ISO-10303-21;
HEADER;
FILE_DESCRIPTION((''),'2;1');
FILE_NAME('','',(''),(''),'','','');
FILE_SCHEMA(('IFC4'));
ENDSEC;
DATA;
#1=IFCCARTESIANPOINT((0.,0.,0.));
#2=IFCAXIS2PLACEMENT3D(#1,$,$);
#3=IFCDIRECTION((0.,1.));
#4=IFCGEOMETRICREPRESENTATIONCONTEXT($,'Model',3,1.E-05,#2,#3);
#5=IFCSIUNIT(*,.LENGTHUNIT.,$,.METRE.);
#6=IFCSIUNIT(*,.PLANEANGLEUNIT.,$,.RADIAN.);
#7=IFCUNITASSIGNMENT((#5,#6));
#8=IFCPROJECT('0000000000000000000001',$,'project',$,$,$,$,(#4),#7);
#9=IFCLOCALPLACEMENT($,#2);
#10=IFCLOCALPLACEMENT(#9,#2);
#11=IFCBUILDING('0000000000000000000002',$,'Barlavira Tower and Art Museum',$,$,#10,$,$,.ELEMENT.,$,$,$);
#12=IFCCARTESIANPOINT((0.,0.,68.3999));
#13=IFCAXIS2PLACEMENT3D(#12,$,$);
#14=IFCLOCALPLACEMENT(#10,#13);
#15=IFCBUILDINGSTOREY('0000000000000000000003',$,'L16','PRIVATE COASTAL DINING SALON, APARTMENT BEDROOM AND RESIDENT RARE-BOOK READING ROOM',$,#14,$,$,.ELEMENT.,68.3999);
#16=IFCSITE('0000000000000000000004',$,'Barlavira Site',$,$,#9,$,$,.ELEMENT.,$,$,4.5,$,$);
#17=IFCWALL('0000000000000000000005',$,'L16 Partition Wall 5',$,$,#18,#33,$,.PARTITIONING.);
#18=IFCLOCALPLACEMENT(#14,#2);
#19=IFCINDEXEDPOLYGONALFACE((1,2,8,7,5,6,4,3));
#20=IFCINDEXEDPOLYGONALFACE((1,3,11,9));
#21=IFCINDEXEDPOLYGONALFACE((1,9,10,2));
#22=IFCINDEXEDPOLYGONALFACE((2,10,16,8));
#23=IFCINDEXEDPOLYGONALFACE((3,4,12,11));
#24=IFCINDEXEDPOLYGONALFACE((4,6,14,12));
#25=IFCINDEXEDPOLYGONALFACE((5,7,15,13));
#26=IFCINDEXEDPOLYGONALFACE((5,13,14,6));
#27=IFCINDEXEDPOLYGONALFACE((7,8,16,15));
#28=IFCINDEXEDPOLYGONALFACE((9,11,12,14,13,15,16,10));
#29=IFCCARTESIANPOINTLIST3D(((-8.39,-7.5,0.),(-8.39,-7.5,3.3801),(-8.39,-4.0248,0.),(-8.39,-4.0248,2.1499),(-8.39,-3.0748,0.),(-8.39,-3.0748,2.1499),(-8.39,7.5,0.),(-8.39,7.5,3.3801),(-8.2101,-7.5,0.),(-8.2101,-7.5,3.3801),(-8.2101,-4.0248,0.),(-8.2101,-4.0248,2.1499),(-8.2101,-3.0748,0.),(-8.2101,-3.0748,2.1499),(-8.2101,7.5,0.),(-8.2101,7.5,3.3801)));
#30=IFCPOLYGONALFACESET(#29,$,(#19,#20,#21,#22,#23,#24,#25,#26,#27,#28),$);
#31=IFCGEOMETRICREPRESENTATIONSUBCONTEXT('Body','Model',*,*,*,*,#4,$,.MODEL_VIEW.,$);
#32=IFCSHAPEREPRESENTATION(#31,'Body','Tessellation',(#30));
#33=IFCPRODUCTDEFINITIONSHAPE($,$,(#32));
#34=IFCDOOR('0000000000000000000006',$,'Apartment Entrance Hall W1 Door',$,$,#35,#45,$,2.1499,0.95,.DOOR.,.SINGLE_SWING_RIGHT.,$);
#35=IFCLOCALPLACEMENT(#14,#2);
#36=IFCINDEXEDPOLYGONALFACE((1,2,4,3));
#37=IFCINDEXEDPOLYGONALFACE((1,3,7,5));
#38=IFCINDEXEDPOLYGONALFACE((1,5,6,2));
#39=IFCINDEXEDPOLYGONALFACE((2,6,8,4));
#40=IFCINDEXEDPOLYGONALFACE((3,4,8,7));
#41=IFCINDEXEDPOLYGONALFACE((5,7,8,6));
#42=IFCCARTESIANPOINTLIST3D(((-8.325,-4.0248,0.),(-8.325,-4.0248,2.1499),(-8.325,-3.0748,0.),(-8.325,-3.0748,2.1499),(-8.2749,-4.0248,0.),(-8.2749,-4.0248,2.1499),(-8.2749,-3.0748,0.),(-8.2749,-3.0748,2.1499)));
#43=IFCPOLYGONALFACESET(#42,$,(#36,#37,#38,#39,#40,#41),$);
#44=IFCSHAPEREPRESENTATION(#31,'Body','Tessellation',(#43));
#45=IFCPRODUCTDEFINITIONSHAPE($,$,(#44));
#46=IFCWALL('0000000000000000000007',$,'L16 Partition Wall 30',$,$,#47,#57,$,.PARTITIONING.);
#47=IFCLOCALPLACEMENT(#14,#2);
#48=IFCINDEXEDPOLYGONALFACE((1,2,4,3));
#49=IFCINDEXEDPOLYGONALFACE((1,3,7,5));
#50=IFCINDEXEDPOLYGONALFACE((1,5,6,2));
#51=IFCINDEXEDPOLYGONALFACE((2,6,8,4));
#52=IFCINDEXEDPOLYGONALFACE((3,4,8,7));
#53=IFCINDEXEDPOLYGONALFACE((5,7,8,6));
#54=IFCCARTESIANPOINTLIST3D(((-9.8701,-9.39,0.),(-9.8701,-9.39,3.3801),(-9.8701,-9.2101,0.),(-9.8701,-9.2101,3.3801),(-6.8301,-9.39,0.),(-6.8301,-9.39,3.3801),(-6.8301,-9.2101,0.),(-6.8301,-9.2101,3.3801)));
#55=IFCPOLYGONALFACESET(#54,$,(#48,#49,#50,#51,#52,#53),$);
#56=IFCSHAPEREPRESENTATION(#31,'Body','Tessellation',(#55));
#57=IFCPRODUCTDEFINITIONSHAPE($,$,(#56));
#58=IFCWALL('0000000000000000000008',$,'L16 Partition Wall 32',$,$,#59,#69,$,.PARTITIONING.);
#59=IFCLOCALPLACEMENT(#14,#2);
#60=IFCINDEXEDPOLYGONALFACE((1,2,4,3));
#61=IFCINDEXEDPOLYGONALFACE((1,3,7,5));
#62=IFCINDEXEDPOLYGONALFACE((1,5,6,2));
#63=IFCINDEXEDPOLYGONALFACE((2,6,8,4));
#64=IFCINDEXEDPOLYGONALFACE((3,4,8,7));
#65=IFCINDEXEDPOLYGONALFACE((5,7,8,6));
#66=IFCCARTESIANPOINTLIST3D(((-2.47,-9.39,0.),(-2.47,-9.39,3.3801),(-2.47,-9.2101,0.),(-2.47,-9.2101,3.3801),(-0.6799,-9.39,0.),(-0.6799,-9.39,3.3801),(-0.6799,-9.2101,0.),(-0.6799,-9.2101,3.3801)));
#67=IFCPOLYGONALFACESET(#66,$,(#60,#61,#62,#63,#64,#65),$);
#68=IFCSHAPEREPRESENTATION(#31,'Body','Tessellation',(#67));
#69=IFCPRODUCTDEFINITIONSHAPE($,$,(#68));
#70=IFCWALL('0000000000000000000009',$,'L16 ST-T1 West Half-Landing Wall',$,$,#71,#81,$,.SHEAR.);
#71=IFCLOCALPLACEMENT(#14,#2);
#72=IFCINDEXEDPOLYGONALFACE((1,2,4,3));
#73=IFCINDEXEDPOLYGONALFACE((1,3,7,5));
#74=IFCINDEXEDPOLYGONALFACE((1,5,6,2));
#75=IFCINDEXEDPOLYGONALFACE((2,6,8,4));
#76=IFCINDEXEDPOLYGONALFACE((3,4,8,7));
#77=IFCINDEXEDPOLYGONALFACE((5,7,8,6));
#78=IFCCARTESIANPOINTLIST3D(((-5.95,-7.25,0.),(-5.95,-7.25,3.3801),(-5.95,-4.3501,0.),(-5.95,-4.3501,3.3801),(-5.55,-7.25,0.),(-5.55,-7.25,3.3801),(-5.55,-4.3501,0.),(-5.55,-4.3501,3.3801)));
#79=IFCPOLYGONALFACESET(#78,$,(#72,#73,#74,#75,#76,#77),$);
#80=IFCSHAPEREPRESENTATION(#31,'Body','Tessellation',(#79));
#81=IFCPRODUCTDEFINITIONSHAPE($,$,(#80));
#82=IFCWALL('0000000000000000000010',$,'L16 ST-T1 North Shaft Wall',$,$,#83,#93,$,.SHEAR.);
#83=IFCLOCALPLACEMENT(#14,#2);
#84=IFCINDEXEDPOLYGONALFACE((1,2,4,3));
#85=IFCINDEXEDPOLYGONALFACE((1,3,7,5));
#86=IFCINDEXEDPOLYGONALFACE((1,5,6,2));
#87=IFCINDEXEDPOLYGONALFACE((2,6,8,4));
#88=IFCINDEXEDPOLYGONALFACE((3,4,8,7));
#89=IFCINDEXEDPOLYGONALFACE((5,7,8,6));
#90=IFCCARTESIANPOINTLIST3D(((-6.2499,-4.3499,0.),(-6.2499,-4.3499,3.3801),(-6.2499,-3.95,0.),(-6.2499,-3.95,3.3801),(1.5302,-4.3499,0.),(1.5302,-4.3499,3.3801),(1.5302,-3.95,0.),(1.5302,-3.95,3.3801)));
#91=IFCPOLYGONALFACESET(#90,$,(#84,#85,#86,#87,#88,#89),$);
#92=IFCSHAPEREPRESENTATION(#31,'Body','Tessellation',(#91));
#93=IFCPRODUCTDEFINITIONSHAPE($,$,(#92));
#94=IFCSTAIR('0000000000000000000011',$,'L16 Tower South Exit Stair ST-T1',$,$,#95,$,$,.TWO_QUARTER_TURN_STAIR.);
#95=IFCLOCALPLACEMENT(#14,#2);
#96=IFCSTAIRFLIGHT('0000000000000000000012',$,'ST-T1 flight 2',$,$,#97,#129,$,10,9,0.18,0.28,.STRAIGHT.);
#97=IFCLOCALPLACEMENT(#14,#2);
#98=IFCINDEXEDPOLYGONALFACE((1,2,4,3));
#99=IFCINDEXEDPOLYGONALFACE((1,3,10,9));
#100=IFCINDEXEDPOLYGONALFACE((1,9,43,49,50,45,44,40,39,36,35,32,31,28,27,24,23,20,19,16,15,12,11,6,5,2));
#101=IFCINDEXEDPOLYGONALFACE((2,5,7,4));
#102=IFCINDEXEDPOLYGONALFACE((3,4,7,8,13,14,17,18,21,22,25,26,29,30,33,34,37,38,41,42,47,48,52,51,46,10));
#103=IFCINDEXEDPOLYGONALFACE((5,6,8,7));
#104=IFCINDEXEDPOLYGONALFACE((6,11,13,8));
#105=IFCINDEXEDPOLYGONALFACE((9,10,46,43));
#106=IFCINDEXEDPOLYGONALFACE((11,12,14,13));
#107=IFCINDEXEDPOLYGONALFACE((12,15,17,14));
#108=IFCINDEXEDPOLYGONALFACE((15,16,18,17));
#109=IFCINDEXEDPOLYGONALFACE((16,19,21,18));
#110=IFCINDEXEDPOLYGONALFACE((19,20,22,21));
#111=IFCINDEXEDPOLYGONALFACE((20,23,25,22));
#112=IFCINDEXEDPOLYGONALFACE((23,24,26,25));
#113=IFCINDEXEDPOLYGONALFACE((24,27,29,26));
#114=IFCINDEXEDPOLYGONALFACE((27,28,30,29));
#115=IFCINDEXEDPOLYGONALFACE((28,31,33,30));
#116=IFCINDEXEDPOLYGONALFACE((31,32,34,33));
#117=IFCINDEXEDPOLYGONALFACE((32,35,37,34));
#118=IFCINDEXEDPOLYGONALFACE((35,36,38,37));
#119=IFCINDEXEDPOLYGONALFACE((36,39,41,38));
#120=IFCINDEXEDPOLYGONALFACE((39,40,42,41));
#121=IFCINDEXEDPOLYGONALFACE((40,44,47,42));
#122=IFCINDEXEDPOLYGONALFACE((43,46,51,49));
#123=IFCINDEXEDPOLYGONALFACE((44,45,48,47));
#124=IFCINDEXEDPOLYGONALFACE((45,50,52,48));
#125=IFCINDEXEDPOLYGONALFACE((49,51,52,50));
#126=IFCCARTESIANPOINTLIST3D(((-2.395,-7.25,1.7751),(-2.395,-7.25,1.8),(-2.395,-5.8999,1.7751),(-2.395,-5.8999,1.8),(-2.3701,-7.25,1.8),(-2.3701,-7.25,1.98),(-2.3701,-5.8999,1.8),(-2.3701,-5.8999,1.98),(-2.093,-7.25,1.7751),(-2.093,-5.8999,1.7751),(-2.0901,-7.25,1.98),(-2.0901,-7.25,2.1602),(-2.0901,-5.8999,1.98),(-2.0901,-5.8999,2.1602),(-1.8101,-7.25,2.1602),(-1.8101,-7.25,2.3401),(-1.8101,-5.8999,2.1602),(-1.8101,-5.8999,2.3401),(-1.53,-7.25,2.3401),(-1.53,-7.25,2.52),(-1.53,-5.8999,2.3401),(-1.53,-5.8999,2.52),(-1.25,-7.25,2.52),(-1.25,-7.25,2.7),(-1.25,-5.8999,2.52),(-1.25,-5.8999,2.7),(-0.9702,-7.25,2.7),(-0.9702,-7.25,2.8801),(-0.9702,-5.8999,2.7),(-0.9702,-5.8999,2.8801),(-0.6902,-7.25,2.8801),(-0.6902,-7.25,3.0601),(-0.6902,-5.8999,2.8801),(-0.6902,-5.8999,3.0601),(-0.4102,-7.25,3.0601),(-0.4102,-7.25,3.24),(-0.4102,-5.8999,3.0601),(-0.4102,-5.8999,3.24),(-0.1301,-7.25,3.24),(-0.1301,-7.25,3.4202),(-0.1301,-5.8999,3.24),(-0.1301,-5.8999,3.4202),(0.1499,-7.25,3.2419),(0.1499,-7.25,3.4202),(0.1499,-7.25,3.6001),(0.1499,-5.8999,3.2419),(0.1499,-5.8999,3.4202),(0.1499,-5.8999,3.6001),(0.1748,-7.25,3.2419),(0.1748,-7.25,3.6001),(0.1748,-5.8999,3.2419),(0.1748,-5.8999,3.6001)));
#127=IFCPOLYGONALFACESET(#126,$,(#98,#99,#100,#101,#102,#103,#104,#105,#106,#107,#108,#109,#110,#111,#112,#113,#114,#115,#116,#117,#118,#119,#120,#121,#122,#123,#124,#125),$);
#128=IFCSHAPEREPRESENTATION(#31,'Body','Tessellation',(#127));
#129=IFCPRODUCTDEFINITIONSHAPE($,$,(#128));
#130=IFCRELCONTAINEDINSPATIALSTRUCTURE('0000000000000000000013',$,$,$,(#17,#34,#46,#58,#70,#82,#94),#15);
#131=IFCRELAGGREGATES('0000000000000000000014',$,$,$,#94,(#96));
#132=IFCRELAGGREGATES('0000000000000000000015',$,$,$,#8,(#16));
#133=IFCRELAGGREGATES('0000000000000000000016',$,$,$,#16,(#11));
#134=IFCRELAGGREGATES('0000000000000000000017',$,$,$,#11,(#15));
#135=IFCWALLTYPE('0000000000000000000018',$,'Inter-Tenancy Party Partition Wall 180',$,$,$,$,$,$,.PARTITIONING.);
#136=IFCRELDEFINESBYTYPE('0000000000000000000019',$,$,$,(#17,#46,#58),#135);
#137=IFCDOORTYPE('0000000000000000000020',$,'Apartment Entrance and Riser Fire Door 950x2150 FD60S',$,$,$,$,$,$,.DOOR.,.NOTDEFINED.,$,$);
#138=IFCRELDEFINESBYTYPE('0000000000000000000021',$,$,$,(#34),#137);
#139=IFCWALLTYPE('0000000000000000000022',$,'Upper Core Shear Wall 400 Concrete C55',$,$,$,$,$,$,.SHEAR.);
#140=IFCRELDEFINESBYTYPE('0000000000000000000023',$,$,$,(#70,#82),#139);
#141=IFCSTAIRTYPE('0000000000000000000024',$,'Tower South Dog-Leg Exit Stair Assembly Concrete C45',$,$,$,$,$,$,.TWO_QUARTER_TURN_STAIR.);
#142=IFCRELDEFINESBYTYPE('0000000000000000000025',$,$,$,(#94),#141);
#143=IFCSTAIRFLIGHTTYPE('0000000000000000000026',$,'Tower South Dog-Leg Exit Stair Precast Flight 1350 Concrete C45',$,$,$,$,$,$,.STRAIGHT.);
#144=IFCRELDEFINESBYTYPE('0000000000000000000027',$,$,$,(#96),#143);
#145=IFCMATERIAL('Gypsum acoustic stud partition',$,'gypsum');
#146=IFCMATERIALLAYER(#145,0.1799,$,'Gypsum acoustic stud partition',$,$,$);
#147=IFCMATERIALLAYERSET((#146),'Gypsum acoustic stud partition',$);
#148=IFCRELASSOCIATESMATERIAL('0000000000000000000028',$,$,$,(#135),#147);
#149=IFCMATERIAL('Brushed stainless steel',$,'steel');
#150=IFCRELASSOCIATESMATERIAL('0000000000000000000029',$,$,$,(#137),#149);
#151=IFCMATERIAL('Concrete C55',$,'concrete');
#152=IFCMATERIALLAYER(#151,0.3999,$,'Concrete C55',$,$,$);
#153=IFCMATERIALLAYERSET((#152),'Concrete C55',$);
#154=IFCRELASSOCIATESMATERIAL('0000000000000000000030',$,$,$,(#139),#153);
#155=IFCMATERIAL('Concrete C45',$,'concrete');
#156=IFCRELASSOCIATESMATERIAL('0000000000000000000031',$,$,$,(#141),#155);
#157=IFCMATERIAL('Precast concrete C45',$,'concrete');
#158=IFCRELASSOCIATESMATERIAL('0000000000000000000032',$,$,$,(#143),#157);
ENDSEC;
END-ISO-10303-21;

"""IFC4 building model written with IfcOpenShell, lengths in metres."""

from ifc_helpers import new_model, si_unit, direction, frame, frame_2d, origin, place, context, subcontext, project, spatial, polyline, rectangle, outline, extrude, material, layer, layer_set, type_object, element, fill, aggregate, save


model = new_model("IFC4")

# Units and contexts
model_context = context("Model", 3, precision=1e-05, world=origin(), true_north=direction((0.0, 1.0)))
body_context = subcontext(model_context, "Body", "Model", "MODEL_VIEW")
ifc_project = project(units=[si_unit("LENGTHUNIT", "METRE"), si_unit("PLANEANGLEUNIT", "RADIAN")], contexts=[model_context])

# Site, building, storey
site_placement = place(None, origin())
site = spatial("IfcSite", under=ifc_project, at=site_placement, Name="Barlavira Site", CompositionType="ELEMENT", RefElevation=4.5)
building_placement = place(site_placement, origin())
building = spatial("IfcBuilding", under=site, at=building_placement, Name="Barlavira Tower and Art Museum", CompositionType="ELEMENT")
storey_placement = place(building_placement, frame((0.0, 0.0, 68.3999)))
storey = spatial("IfcBuildingStorey", under=building, at=storey_placement, Name="L16", Description="PRIVATE COASTAL DINING SALON, APARTMENT BEDROOM AND RESIDENT RARE-BOOK READING ROOM", CompositionType="ELEMENT", Elevation=68.3999)

# Shared definitions
ifc_material_1 = material(Name="Brushed stainless steel", Category="steel")

# Wall, opening, door
ifc_material_2 = material(Name="Gypsum acoustic stud partition", Category="gypsum")
ifc_layer_1 = layer(ifc_material_2, 0.1799, Name="Gypsum acoustic stud partition")
ifc_layer_set_1 = layer_set([ifc_layer_1], Name="Gypsum acoustic stud partition")
wall_type_1 = type_object("IfcWallType", Name="Inter-Tenancy Party Partition Wall 180", PredefinedType="PARTITIONING", material=ifc_layer_set_1)
wall_1_placement = place(storey_placement, frame((-8.3, -7.5, 0.0), z_axis=(0.0, 0.0, 1.0), x_axis=(0.0, 1.0, 0.0)))
wall_1 = element("IfcWall", 1, at=wall_1_placement, inside=storey, type_object=wall_type_1, Name="L16 Partition Wall 5", PredefinedType="PARTITIONING", context=body_context, shape_type="SweptSolid", body=[
    extrude(rectangle(XDim=15.0, YDim=0.1799, at=frame_2d((7.5, 0.0))), origin(), (0.0, 0.0, 1.0), 3.3801),
])
opening_1_placement = place(wall_1_placement, frame((3.4751, 0.0, 0.0)))
opening_1 = element("IfcOpeningElement", 2, at=opening_1_placement, cuts=wall_1, PredefinedType="OPENING", context=body_context, shape_type="SweptSolid", body=[
    extrude(rectangle(XDim=0.95, YDim=2.1499, at=frame_2d((0.4751, 1.075))), frame((0.0, 0.1001, 0.0), z_axis=(0.0, -1.0, 0.0), x_axis=(1.0, 0.0, 0.0)), (0.0, 0.0, 1.0), 0.2),
])
door_type_1 = type_object("IfcDoorType", Name="Apartment Entrance and Riser Fire Door 950x2150 FD60S", OperationType="NOTDEFINED", PredefinedType="DOOR", material=ifc_material_1)
door_1_placement = place(opening_1_placement, origin())
door_1 = element("IfcDoor", 3, at=door_1_placement, inside=storey, type_object=door_type_1, Name="Apartment Entrance Hall W1 Door", OperationType="SINGLE_SWING_RIGHT", OverallHeight=2.1499, OverallWidth=0.95, PredefinedType="DOOR", context=body_context, shape_type="SweptSolid", body=[
    extrude(rectangle(XDim=0.95, YDim=2.1499, at=frame_2d((0.4751, 1.075))), frame((0.0, 0.0249, 0.0), z_axis=(0.0, -1.0, 0.0), x_axis=(1.0, 0.0, 0.0)), (0.0, 0.0, 1.0), 0.05),
])
fill(opening_1, door_1)

# Wall
wall_2_placement = place(storey_placement, frame((-9.8701, -9.3, 0.0), z_axis=(0.0, 0.0, 1.0), x_axis=(1.0, 0.0, 0.0)))
element("IfcWall", 4, at=wall_2_placement, inside=storey, type_object=wall_type_1, Name="L16 Partition Wall 30", PredefinedType="PARTITIONING", context=body_context, shape_type="SweptSolid", body=[
    extrude(rectangle(XDim=3.04, YDim=0.1799, at=frame_2d((1.52, 0.0))), origin(), (0.0, 0.0, 1.0), 3.3801),
])

# Walls
wall_3_placement = place(storey_placement, frame((-2.47, -9.3, 0.0), z_axis=(0.0, 0.0, 1.0), x_axis=(1.0, 0.0, 0.0)))
element("IfcWall", 5, at=wall_3_placement, inside=storey, type_object=wall_type_1, Name="L16 Partition Wall 32", PredefinedType="PARTITIONING", context=body_context, shape_type="SweptSolid", body=[
    extrude(rectangle(XDim=1.79, YDim=0.1799, at=frame_2d((0.895, 0.0))), origin(), (0.0, 0.0, 1.0), 3.3801),
])
ifc_material_3 = material(Name="Concrete C55", Category="concrete")
ifc_layer_2 = layer(ifc_material_3, 0.3999, Name="Concrete C55")
ifc_layer_set_2 = layer_set([ifc_layer_2], Name="Concrete C55")
wall_type_2 = type_object("IfcWallType", Name="Upper Core Shear Wall 400 Concrete C55", PredefinedType="SHEAR", material=ifc_layer_set_2)
wall_4_placement = place(storey_placement, frame((-5.75, -7.25, 0.0), z_axis=(0.0, 0.0, 1.0), x_axis=(0.0, 1.0, 0.0)))
element("IfcWall", 6, at=wall_4_placement, inside=storey, type_object=wall_type_2, Name="L16 ST-T1 West Half-Landing Wall", PredefinedType="SHEAR", context=body_context, shape_type="SweptSolid", body=[
    extrude(rectangle(XDim=2.8999, YDim=0.3999, at=frame_2d((1.45, 0.0))), origin(), (0.0, 0.0, 1.0), 3.3801),
])
wall_5_placement = place(storey_placement, frame((-6.25, -4.1499, 0.0), z_axis=(0.0, 0.0, 1.0), x_axis=(1.0, 0.0, 0.0)))
element("IfcWall", 7, at=wall_5_placement, inside=storey, type_object=wall_type_2, Name="L16 ST-T1 North Shaft Wall", PredefinedType="SHEAR", context=body_context, shape_type="SweptSolid", body=[
    extrude(rectangle(XDim=7.78, YDim=0.3999, at=frame_2d((3.8901, 0.0))), origin(), (0.0, 0.0, 1.0), 3.3801),
])

# Stair, stair flight
ifc_material_4 = material(Name="Concrete C45", Category="concrete")
stair_type = type_object("IfcStairType", Name="Tower South Dog-Leg Exit Stair Assembly Concrete C45", PredefinedType="TWO_QUARTER_TURN_STAIR", material=ifc_material_4)
stair_placement = place(storey_placement, origin())
stair = element("IfcStair", 8, at=stair_placement, inside=storey, type_object=stair_type, Name="L16 Tower South Exit Stair ST-T1", PredefinedType="TWO_QUARTER_TURN_STAIR")
ifc_material_5 = material(Name="Precast concrete C45", Category="concrete")
stair_flight_type = type_object("IfcStairFlightType", Name="Tower South Dog-Leg Exit Stair Precast Flight 1350 Concrete C45", PredefinedType="STRAIGHT", material=ifc_material_5)
stair_flight_placement = place(storey_placement, frame((-2.3701, -6.575, 1.8), z_axis=(0.0, 0.0, 1.0), x_axis=(1.0, 0.0, 0.0)))
stair_flight = element("IfcStairFlight", 9, at=stair_flight_placement, type_object=stair_flight_type, Name="ST-T1 flight 2", NumberOfRisers=10, NumberOfTreads=9, PredefinedType="STRAIGHT", RiserHeight=0.18, TreadLength=0.28, context=body_context, shape_type="SweptSolid", body=[
    extrude(outline(polyline([(-0.0249, 0.0), (0.0, 0.0), (0.0, 0.1799), (0.28, 0.1799), (0.28, 0.3601), (0.5601, 0.3601), (0.5601, 0.54), (0.8401, 0.54), (0.8401, 0.72), (1.1201, 0.72), (1.1201, 0.8999), (1.3999, 0.8999), (1.3999, 1.0801), (1.6799, 1.0801), (1.6799, 1.26), (1.96, 1.26), (1.96, 1.4399), (2.24, 1.4399), (2.24, 1.6201), (2.52, 1.6201), (2.52, 1.8), (2.5449, 1.8), (2.5449, 1.4419), (2.52, 1.4419), (0.2771, -0.0249), (-0.0249, -0.0249), (-0.0249, 0.0)])), frame((0.0, 0.675, 0.0), z_axis=(0.0, -1.0, 0.0), x_axis=(1.0, 0.0, 0.0)), (0.0, 0.0, 1.0), 1.3501),
])
aggregate(stair, [stair_flight])

save(model, "model.ifc")
